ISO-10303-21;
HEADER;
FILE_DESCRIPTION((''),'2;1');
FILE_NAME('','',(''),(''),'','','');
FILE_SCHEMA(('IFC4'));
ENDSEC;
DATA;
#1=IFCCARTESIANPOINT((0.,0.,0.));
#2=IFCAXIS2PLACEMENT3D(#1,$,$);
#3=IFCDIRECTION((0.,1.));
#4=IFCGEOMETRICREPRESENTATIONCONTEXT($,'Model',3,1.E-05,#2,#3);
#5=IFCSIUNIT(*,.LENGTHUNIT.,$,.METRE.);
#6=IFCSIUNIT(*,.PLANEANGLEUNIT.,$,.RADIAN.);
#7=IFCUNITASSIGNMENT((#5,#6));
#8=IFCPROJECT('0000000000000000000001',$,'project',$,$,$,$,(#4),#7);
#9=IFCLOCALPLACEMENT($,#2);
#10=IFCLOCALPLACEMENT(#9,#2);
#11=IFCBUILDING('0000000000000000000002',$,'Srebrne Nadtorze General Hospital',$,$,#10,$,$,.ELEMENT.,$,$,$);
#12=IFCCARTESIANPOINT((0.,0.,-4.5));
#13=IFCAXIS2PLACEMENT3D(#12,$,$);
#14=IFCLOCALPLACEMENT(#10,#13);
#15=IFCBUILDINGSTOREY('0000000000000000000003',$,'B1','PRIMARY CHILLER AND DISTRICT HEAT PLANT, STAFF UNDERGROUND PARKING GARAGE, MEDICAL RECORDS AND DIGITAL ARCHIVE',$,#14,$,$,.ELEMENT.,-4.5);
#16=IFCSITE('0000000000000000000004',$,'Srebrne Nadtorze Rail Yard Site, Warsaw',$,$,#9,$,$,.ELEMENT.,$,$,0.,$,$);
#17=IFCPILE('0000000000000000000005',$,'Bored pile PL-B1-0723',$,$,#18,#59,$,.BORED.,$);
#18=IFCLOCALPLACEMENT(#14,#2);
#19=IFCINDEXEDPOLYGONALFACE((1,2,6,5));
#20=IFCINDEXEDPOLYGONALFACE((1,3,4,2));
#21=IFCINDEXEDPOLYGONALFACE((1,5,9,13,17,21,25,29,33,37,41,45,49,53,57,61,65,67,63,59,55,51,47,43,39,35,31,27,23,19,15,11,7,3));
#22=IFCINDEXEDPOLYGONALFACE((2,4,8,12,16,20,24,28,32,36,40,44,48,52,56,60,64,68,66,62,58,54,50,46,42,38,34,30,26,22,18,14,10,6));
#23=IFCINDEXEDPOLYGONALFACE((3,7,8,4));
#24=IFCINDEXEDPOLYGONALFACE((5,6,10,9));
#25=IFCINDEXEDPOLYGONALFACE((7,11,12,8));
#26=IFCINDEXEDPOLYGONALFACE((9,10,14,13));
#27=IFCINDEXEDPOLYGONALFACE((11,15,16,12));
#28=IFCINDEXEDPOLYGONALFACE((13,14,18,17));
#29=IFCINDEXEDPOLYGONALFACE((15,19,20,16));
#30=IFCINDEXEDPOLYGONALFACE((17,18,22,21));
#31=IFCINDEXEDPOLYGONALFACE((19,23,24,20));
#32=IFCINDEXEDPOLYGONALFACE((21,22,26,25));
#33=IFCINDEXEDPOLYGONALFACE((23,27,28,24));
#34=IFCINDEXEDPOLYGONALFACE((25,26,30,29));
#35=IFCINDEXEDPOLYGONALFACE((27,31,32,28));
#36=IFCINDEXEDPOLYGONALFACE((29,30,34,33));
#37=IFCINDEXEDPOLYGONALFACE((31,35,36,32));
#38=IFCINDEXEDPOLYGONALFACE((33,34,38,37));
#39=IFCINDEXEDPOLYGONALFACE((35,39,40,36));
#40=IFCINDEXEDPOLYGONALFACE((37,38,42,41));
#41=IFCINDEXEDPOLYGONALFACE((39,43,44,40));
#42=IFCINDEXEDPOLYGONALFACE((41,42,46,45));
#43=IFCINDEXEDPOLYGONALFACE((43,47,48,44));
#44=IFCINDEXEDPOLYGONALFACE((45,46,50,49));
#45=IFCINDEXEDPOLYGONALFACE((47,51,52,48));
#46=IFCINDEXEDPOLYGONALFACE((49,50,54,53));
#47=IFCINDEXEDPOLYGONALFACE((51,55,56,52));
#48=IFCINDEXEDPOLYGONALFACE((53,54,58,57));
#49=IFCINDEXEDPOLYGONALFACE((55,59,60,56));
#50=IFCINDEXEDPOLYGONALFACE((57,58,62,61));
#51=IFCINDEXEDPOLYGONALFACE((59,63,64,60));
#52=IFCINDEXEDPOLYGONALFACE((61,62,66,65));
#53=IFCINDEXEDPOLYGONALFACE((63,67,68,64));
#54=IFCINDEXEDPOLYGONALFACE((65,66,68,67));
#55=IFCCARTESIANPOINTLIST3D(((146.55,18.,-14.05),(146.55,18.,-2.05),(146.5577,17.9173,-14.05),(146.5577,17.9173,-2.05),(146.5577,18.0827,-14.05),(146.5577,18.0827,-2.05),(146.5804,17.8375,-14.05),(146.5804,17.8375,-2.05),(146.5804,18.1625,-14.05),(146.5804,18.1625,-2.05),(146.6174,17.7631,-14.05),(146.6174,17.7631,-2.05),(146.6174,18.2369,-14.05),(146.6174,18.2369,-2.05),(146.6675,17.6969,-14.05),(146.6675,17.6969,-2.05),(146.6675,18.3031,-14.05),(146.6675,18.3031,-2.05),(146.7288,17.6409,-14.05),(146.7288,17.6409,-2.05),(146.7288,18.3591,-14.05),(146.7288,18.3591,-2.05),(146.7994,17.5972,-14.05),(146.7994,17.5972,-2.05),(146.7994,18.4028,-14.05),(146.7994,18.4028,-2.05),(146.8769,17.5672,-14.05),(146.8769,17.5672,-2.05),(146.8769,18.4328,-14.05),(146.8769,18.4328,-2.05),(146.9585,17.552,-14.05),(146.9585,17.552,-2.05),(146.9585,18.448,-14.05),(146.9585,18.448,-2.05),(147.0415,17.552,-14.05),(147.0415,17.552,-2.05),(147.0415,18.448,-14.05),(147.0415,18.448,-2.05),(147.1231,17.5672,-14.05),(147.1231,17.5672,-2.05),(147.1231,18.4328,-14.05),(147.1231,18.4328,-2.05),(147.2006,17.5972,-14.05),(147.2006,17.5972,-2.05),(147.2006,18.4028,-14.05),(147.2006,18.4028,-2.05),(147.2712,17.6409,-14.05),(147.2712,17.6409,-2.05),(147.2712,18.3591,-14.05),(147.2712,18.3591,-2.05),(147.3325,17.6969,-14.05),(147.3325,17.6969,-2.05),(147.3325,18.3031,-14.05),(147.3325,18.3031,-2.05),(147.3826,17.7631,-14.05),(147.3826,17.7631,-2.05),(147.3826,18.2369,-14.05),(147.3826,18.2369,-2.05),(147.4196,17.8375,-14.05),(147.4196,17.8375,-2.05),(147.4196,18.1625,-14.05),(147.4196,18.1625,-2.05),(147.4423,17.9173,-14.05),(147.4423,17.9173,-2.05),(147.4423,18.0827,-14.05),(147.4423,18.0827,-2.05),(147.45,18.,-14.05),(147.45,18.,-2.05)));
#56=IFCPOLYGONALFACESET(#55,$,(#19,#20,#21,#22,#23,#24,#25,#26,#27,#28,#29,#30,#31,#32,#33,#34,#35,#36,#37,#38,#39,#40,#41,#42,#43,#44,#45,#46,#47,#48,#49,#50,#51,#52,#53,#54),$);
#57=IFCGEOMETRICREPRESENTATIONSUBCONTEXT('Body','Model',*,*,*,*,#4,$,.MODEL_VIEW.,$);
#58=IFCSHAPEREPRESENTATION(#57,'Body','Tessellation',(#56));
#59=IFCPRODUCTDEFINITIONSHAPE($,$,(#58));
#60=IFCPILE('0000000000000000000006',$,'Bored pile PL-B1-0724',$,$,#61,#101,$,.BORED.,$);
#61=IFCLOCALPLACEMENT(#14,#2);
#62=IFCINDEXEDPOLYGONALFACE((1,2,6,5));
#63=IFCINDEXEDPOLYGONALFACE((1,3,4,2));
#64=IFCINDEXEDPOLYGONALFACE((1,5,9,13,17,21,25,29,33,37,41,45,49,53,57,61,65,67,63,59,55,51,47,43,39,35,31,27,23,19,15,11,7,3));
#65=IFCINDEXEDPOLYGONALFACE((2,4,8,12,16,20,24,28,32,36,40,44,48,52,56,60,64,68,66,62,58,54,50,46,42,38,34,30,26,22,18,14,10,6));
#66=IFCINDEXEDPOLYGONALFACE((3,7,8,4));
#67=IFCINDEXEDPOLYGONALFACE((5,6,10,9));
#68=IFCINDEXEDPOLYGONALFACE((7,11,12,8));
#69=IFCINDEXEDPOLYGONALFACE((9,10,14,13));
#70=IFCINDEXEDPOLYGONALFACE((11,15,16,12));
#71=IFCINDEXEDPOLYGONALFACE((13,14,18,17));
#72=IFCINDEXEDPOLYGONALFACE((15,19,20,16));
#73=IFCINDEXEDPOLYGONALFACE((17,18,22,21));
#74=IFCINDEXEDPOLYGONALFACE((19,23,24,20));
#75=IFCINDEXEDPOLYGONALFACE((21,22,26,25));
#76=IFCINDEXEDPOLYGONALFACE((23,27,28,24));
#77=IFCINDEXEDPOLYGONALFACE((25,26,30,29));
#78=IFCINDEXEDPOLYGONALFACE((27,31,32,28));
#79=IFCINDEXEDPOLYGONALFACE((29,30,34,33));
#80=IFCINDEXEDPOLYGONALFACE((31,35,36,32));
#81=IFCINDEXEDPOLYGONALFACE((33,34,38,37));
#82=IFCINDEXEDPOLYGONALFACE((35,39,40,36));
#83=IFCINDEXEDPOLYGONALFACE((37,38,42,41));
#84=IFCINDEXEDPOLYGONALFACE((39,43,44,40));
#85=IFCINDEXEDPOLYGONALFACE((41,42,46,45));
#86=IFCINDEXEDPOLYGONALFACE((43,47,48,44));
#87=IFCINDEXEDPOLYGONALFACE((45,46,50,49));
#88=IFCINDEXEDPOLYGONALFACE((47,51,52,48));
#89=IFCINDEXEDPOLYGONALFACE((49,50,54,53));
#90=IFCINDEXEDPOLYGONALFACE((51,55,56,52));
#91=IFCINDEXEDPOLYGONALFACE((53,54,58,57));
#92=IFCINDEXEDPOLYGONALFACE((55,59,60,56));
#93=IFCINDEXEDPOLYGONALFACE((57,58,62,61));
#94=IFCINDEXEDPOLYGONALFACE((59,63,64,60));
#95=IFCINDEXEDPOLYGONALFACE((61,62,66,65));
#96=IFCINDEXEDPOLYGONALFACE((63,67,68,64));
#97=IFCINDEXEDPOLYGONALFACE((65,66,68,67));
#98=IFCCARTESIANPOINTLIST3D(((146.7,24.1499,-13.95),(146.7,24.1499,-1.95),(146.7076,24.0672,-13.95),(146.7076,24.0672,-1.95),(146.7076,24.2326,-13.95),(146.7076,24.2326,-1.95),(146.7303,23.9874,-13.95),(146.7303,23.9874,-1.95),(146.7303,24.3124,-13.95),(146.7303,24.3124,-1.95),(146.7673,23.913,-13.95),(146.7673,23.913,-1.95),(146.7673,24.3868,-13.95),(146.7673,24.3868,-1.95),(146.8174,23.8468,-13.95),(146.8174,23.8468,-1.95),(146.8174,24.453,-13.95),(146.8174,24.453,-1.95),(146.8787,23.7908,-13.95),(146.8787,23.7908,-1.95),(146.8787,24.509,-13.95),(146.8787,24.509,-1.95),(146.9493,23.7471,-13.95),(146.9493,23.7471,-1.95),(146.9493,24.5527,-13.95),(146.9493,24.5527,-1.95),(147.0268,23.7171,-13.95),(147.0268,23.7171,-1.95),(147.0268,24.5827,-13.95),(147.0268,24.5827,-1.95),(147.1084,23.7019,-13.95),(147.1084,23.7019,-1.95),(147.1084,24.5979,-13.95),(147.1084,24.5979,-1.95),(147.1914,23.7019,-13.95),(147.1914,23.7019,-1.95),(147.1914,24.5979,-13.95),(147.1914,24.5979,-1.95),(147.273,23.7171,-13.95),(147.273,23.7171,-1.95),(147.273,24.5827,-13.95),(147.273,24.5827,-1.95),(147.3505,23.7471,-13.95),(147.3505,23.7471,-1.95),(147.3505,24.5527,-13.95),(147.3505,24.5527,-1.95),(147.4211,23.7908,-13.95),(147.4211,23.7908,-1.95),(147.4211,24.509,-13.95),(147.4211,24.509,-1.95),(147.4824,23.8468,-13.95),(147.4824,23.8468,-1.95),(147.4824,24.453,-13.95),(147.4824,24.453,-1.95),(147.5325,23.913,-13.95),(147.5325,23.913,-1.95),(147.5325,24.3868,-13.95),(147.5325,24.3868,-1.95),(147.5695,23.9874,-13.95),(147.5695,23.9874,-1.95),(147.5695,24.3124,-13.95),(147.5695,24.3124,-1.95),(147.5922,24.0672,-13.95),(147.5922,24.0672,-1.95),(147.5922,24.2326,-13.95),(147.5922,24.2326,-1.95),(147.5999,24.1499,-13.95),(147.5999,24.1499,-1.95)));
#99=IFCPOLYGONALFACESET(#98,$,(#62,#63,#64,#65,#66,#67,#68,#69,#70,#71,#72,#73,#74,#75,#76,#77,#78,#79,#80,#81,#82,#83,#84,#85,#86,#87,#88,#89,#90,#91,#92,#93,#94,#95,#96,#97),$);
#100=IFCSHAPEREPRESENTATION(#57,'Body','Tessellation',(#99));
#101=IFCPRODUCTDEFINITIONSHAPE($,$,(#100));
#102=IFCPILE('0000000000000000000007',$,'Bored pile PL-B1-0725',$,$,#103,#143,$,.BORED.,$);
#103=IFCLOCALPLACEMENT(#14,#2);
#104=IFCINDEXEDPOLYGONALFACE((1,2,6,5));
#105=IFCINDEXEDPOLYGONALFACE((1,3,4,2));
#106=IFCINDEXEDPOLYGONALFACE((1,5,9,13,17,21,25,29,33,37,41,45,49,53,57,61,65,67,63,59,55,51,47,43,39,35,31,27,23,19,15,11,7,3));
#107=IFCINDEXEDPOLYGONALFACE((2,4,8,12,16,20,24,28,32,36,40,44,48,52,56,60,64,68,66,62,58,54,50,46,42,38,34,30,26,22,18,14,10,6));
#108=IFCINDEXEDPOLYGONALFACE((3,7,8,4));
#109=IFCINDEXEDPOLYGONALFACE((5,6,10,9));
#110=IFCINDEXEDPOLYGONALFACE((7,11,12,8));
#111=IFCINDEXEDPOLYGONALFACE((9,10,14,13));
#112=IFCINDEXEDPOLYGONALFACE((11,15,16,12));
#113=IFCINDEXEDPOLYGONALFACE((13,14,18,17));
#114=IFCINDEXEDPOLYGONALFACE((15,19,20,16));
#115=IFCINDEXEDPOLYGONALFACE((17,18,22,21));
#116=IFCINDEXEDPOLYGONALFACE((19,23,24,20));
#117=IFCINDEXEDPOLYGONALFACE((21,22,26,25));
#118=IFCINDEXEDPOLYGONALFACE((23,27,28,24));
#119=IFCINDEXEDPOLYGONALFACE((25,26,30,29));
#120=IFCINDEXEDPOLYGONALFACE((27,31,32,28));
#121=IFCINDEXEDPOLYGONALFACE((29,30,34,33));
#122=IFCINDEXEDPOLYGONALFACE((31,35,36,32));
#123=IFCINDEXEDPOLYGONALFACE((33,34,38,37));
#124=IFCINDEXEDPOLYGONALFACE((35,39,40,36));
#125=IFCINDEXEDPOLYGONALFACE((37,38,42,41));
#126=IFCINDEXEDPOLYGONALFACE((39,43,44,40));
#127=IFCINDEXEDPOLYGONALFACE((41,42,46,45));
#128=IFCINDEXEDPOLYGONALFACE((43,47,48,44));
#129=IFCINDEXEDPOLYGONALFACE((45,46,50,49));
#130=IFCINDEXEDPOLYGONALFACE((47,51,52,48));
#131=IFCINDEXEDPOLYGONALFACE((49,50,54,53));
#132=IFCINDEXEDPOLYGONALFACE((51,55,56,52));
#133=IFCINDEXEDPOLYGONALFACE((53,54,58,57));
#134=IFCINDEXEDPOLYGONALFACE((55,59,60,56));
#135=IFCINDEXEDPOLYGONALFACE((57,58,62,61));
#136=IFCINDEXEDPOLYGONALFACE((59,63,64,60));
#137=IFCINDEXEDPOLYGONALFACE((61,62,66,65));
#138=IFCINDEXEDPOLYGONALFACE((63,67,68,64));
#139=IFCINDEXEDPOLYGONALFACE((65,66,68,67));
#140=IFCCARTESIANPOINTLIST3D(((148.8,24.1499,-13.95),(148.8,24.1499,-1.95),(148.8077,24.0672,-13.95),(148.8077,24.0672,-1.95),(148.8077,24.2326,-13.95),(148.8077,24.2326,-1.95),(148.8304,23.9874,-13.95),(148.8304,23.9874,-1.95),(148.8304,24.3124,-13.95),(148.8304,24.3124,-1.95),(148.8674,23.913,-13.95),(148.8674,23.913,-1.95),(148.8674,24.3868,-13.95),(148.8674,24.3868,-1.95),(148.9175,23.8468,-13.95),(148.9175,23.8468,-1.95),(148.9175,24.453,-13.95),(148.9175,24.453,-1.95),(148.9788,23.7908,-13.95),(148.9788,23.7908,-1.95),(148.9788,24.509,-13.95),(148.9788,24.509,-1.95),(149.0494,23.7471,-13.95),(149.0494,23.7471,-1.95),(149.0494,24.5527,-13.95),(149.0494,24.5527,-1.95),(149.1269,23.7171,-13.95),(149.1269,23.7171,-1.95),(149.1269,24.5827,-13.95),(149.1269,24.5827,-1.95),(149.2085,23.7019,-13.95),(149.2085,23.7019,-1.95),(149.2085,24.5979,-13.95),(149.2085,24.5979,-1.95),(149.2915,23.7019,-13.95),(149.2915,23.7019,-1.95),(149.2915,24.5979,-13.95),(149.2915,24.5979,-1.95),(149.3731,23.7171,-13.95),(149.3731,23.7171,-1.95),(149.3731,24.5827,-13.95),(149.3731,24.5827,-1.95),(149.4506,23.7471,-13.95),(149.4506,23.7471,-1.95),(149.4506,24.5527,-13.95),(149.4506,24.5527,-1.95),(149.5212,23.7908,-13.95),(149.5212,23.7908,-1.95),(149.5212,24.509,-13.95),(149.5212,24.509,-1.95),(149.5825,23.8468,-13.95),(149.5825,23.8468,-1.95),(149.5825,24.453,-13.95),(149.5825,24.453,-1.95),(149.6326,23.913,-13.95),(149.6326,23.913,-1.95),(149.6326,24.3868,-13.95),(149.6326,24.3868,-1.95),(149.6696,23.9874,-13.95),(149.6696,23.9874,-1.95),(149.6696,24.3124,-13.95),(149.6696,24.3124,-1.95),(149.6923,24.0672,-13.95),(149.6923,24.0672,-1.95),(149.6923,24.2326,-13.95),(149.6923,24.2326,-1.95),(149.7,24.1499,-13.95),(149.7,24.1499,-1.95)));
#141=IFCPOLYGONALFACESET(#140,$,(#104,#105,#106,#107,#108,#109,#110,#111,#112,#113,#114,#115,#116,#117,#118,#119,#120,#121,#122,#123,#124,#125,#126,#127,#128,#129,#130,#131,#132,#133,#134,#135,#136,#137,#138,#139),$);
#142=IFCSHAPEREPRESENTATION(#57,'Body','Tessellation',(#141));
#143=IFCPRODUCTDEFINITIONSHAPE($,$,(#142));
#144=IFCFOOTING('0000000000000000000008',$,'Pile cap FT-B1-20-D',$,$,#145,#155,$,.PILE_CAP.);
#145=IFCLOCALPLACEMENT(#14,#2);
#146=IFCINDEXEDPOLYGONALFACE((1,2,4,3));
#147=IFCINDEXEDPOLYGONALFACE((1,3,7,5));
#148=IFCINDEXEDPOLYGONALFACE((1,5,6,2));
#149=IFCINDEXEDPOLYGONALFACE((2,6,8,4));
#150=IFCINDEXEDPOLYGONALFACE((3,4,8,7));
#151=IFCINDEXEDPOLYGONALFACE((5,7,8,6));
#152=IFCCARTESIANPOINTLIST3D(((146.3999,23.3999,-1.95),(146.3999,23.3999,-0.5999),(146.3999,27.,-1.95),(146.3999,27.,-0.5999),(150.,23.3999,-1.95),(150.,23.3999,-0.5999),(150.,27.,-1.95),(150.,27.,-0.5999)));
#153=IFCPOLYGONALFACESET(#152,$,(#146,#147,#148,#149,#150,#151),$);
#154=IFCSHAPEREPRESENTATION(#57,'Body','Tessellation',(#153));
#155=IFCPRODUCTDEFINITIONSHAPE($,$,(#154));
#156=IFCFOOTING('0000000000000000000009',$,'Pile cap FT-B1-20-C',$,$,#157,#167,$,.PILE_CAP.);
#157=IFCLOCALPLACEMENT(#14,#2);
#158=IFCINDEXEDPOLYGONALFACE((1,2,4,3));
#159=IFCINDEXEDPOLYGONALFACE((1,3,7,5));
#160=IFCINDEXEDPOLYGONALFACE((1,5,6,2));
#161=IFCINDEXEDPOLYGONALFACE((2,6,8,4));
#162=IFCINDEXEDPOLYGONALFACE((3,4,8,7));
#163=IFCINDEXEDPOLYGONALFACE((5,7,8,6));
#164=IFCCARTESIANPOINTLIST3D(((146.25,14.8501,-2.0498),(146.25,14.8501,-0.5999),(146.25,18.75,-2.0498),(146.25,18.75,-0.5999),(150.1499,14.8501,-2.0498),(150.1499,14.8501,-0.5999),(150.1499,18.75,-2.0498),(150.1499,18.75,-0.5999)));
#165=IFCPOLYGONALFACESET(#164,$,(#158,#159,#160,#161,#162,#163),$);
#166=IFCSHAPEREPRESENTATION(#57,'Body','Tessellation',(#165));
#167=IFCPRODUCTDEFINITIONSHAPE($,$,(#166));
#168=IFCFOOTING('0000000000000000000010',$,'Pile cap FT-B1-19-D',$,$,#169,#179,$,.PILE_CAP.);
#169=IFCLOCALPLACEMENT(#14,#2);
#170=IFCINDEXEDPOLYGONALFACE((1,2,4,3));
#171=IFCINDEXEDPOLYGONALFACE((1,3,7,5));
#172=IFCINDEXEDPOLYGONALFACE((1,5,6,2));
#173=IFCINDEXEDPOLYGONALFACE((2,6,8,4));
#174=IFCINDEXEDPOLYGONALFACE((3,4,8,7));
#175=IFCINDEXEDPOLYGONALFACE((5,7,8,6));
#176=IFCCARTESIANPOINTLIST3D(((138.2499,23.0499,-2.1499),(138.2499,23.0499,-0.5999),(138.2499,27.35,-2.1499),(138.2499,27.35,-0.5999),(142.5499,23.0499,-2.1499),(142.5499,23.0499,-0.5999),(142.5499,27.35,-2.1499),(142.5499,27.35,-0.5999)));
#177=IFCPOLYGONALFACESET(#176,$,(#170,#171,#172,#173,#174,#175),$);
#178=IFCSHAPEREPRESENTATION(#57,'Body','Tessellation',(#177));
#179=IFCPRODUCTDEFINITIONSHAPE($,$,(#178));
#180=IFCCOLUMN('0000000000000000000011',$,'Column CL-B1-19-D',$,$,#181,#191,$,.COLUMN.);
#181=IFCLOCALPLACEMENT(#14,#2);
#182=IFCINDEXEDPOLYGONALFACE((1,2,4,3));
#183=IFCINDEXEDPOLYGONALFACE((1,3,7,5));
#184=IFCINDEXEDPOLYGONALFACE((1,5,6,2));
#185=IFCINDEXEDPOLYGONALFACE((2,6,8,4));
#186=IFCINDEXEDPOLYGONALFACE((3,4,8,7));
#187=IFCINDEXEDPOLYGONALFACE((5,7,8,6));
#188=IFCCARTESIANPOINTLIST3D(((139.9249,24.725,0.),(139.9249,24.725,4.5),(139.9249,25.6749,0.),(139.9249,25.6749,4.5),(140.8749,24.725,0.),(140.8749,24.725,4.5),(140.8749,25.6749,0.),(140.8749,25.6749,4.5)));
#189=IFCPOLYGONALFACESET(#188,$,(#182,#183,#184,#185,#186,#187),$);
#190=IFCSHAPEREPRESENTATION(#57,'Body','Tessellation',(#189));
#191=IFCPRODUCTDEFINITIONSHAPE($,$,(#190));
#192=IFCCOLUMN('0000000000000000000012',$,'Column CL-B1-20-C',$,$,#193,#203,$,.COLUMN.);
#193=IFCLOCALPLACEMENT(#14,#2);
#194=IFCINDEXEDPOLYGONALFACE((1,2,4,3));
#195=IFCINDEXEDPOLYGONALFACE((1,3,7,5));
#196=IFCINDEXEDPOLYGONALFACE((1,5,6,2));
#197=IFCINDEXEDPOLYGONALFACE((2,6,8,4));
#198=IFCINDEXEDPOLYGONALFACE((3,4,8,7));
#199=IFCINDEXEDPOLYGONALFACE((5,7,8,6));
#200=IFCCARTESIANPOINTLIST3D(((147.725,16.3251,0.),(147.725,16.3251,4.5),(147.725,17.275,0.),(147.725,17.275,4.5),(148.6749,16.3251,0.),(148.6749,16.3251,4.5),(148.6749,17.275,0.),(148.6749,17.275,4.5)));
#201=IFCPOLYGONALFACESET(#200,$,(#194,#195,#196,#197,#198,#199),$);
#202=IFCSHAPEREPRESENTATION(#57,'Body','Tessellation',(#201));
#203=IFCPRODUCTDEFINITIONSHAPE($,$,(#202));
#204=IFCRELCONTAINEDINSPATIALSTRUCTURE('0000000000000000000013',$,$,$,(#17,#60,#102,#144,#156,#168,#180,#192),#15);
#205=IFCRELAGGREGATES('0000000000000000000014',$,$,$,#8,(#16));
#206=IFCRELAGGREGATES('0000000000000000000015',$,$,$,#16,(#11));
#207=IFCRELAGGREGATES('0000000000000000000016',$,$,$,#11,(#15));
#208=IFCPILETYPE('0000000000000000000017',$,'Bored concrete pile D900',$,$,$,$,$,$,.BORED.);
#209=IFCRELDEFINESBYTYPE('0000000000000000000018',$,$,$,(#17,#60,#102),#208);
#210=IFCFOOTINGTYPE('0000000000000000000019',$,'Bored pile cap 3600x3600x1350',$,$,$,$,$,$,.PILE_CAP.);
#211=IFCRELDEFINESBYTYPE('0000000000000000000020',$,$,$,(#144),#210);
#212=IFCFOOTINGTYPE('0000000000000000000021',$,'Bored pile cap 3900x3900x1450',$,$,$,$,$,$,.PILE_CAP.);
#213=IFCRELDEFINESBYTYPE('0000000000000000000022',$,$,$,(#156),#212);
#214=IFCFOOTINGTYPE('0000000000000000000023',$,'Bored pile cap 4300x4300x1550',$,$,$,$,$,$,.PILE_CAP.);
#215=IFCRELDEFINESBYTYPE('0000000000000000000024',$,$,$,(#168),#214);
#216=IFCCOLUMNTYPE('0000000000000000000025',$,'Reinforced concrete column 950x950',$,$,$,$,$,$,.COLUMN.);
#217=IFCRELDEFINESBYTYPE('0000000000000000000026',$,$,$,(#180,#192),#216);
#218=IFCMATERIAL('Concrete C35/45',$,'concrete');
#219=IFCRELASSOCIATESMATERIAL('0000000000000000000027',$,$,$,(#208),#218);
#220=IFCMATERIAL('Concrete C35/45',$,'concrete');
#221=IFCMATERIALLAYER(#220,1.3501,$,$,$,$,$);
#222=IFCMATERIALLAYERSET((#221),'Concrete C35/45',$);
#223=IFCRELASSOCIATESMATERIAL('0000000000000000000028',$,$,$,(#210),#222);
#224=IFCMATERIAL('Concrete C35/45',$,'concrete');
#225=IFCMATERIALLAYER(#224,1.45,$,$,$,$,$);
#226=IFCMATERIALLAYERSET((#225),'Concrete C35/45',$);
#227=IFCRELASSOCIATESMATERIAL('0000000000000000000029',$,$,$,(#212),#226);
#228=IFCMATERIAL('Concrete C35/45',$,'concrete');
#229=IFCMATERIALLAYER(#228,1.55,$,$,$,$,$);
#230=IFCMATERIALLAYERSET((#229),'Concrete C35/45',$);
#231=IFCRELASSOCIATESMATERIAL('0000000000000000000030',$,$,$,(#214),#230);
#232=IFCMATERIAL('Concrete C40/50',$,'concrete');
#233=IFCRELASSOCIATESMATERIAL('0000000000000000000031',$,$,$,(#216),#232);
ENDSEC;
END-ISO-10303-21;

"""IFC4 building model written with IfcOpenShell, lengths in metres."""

from ifc_helpers import new_model, si_unit, direction, frame, origin, origin_2d, place, context, subcontext, project, spatial, rectangle, circle, extrude, material, layer, layer_set, material_profile, profile_set, type_object, element, save


model = new_model("IFC4")

# Units and contexts
model_context = context("Model", 3, precision=1e-05, world=origin(), true_north=direction((0.0, 1.0)))
body_context = subcontext(model_context, "Body", "Model", "MODEL_VIEW")
ifc_project = project(units=[si_unit("LENGTHUNIT", "METRE"), si_unit("PLANEANGLEUNIT", "RADIAN")], contexts=[model_context])

# Site, building, storey
site_placement = place(None, origin())
site = spatial("IfcSite", under=ifc_project, at=site_placement, Name="Srebrne Nadtorze Rail Yard Site, Warsaw", CompositionType="ELEMENT", RefElevation=0.0)
building_placement = place(site_placement, origin())
building = spatial("IfcBuilding", under=site, at=building_placement, Name="Srebrne Nadtorze General Hospital", CompositionType="ELEMENT")
storey_placement = place(building_placement, frame((0.0, 0.0, -4.5)))
storey = spatial("IfcBuildingStorey", under=building, at=storey_placement, Name="B1", Description="PRIMARY CHILLER AND DISTRICT HEAT PLANT, STAFF UNDERGROUND PARKING GARAGE, MEDICAL RECORDS AND DIGITAL ARCHIVE", CompositionType="ELEMENT", Elevation=-4.5)

# Piles
ifc_material_1 = material(Name="Concrete C35/45", Category="concrete")
ifc_material_profile_1 = material_profile(ifc_material_1, circle(Radius=0.45, at=origin_2d()), Name="PILE-D900")
ifc_profile_set_1 = profile_set([ifc_material_profile_1], Name="Concrete C35/45")
pile_type_1 = type_object("IfcPileType", Name="Bored concrete pile D900", PredefinedType="BORED", material=ifc_profile_set_1)
for number, where, z_axis, x_axis, name in (
    (1, (147.0, 18.0, -2.05), (0.0, 0.0, -1.0), (1.0, 0.0, 0.0), "Bored pile PL-B1-0723"),
    (2, (147.1499, 24.1499, -1.95), (0.0, 0.0, -1.0), (1.0, 0.0, 0.0), "Bored pile PL-B1-0724"),
    (3, (149.25, 24.1499, -1.95), (0.0, 0.0, -1.0), (1.0, 0.0, 0.0), "Bored pile PL-B1-0725"),
):
    element("IfcPile", number, at=place(storey_placement, frame(where, z_axis=z_axis, x_axis=x_axis)), inside=storey, type_object=pile_type_1, Name=name, PredefinedType="BORED", context=body_context, shape_type="SweptSolid", body=[
        extrude(circle(Radius=0.45, at=origin_2d()), origin(), (0.0, 0.0, 1.0), 12.0),
    ])

# Footings
ifc_material_2 = material(Name="Concrete C35/45", Category="concrete")
ifc_layer_1 = layer(ifc_material_2, 1.3501)
ifc_layer_set_1 = layer_set([ifc_layer_1], Name="Concrete C35/45")
footing_type_1 = type_object("IfcFootingType", Name="Bored pile cap 3600x3600x1350", PredefinedType="PILE_CAP", material=ifc_layer_set_1)
footing_1_placement = place(storey_placement, frame((148.2, 25.2, -1.95), z_axis=(0.0, 0.0, 1.0), x_axis=(1.0, 0.0, 0.0)))
element("IfcFooting", 4, at=footing_1_placement, inside=storey, type_object=footing_type_1, Name="Pile cap FT-B1-20-D", PredefinedType="PILE_CAP", context=body_context, shape_type="SweptSolid", body=[
    extrude(rectangle(XDim=3.6001, YDim=3.6001, at=origin_2d()), origin(), (0.0, 0.0, 1.0), 1.3501),
])
ifc_material_3 = material(Name="Concrete C35/45", Category="concrete")
ifc_layer_2 = layer(ifc_material_3, 1.45)
ifc_layer_set_2 = layer_set([ifc_layer_2], Name="Concrete C35/45")
footing_type_2 = type_object("IfcFootingType", Name="Bored pile cap 3900x3900x1450", PredefinedType="PILE_CAP", material=ifc_layer_set_2)
footing_2_placement = place(storey_placement, frame((148.2, 16.8, -2.0498), z_axis=(0.0, 0.0, 1.0), x_axis=(1.0, 0.0, 0.0)))
element("IfcFooting", 5, at=footing_2_placement, inside=storey, type_object=footing_type_2, Name="Pile cap FT-B1-20-C", PredefinedType="PILE_CAP", context=body_context, shape_type="SweptSolid", body=[
    extrude(rectangle(XDim=3.8999, YDim=3.8999, at=origin_2d()), origin(), (0.0, 0.0, 1.0), 1.45),
])
ifc_material_4 = material(Name="Concrete C35/45", Category="concrete")
ifc_layer_3 = layer(ifc_material_4, 1.55)
ifc_layer_set_3 = layer_set([ifc_layer_3], Name="Concrete C35/45")
footing_type_3 = type_object("IfcFootingType", Name="Bored pile cap 4300x4300x1550", PredefinedType="PILE_CAP", material=ifc_layer_set_3)
footing_3_placement = place(storey_placement, frame((140.3999, 25.2, -2.1499), z_axis=(0.0, 0.0, 1.0), x_axis=(1.0, 0.0, 0.0)))
element("IfcFooting", 6, at=footing_3_placement, inside=storey, type_object=footing_type_3, Name="Pile cap FT-B1-19-D", PredefinedType="PILE_CAP", context=body_context, shape_type="SweptSolid", body=[
    extrude(rectangle(XDim=4.3, YDim=4.3, at=origin_2d()), origin(), (0.0, 0.0, 1.0), 1.55),
])

# Columns
ifc_material_5 = material(Name="Concrete C40/50", Category="concrete")
ifc_material_profile_2 = material_profile(ifc_material_5, rectangle(XDim=0.95, YDim=0.95, at=origin_2d()), Name="RC-COL-950x950")
ifc_profile_set_2 = profile_set([ifc_material_profile_2], Name="Concrete C40/50")
column_type = type_object("IfcColumnType", Name="Reinforced concrete column 950x950", PredefinedType="COLUMN", material=ifc_profile_set_2)
for number, where, z_axis, x_axis, name in (
    (7, (140.3999, 25.2, 0.0), (0.0, 0.0, 1.0), (1.0, 0.0, 0.0), "Column CL-B1-19-D"),
    (8, (148.2, 16.8, 0.0), (0.0, 0.0, 1.0), (1.0, 0.0, 0.0), "Column CL-B1-20-C"),
):
    element("IfcColumn", number, at=place(storey_placement, frame(where, z_axis=z_axis, x_axis=x_axis)), inside=storey, type_object=column_type, Name=name, PredefinedType="COLUMN", context=body_context, shape_type="SweptSolid", body=[
        extrude(rectangle(XDim=0.95, YDim=0.95, at=origin_2d()), origin(), (0.0, 0.0, 1.0), 4.5),
    ])

save(model, "model.ifc")
